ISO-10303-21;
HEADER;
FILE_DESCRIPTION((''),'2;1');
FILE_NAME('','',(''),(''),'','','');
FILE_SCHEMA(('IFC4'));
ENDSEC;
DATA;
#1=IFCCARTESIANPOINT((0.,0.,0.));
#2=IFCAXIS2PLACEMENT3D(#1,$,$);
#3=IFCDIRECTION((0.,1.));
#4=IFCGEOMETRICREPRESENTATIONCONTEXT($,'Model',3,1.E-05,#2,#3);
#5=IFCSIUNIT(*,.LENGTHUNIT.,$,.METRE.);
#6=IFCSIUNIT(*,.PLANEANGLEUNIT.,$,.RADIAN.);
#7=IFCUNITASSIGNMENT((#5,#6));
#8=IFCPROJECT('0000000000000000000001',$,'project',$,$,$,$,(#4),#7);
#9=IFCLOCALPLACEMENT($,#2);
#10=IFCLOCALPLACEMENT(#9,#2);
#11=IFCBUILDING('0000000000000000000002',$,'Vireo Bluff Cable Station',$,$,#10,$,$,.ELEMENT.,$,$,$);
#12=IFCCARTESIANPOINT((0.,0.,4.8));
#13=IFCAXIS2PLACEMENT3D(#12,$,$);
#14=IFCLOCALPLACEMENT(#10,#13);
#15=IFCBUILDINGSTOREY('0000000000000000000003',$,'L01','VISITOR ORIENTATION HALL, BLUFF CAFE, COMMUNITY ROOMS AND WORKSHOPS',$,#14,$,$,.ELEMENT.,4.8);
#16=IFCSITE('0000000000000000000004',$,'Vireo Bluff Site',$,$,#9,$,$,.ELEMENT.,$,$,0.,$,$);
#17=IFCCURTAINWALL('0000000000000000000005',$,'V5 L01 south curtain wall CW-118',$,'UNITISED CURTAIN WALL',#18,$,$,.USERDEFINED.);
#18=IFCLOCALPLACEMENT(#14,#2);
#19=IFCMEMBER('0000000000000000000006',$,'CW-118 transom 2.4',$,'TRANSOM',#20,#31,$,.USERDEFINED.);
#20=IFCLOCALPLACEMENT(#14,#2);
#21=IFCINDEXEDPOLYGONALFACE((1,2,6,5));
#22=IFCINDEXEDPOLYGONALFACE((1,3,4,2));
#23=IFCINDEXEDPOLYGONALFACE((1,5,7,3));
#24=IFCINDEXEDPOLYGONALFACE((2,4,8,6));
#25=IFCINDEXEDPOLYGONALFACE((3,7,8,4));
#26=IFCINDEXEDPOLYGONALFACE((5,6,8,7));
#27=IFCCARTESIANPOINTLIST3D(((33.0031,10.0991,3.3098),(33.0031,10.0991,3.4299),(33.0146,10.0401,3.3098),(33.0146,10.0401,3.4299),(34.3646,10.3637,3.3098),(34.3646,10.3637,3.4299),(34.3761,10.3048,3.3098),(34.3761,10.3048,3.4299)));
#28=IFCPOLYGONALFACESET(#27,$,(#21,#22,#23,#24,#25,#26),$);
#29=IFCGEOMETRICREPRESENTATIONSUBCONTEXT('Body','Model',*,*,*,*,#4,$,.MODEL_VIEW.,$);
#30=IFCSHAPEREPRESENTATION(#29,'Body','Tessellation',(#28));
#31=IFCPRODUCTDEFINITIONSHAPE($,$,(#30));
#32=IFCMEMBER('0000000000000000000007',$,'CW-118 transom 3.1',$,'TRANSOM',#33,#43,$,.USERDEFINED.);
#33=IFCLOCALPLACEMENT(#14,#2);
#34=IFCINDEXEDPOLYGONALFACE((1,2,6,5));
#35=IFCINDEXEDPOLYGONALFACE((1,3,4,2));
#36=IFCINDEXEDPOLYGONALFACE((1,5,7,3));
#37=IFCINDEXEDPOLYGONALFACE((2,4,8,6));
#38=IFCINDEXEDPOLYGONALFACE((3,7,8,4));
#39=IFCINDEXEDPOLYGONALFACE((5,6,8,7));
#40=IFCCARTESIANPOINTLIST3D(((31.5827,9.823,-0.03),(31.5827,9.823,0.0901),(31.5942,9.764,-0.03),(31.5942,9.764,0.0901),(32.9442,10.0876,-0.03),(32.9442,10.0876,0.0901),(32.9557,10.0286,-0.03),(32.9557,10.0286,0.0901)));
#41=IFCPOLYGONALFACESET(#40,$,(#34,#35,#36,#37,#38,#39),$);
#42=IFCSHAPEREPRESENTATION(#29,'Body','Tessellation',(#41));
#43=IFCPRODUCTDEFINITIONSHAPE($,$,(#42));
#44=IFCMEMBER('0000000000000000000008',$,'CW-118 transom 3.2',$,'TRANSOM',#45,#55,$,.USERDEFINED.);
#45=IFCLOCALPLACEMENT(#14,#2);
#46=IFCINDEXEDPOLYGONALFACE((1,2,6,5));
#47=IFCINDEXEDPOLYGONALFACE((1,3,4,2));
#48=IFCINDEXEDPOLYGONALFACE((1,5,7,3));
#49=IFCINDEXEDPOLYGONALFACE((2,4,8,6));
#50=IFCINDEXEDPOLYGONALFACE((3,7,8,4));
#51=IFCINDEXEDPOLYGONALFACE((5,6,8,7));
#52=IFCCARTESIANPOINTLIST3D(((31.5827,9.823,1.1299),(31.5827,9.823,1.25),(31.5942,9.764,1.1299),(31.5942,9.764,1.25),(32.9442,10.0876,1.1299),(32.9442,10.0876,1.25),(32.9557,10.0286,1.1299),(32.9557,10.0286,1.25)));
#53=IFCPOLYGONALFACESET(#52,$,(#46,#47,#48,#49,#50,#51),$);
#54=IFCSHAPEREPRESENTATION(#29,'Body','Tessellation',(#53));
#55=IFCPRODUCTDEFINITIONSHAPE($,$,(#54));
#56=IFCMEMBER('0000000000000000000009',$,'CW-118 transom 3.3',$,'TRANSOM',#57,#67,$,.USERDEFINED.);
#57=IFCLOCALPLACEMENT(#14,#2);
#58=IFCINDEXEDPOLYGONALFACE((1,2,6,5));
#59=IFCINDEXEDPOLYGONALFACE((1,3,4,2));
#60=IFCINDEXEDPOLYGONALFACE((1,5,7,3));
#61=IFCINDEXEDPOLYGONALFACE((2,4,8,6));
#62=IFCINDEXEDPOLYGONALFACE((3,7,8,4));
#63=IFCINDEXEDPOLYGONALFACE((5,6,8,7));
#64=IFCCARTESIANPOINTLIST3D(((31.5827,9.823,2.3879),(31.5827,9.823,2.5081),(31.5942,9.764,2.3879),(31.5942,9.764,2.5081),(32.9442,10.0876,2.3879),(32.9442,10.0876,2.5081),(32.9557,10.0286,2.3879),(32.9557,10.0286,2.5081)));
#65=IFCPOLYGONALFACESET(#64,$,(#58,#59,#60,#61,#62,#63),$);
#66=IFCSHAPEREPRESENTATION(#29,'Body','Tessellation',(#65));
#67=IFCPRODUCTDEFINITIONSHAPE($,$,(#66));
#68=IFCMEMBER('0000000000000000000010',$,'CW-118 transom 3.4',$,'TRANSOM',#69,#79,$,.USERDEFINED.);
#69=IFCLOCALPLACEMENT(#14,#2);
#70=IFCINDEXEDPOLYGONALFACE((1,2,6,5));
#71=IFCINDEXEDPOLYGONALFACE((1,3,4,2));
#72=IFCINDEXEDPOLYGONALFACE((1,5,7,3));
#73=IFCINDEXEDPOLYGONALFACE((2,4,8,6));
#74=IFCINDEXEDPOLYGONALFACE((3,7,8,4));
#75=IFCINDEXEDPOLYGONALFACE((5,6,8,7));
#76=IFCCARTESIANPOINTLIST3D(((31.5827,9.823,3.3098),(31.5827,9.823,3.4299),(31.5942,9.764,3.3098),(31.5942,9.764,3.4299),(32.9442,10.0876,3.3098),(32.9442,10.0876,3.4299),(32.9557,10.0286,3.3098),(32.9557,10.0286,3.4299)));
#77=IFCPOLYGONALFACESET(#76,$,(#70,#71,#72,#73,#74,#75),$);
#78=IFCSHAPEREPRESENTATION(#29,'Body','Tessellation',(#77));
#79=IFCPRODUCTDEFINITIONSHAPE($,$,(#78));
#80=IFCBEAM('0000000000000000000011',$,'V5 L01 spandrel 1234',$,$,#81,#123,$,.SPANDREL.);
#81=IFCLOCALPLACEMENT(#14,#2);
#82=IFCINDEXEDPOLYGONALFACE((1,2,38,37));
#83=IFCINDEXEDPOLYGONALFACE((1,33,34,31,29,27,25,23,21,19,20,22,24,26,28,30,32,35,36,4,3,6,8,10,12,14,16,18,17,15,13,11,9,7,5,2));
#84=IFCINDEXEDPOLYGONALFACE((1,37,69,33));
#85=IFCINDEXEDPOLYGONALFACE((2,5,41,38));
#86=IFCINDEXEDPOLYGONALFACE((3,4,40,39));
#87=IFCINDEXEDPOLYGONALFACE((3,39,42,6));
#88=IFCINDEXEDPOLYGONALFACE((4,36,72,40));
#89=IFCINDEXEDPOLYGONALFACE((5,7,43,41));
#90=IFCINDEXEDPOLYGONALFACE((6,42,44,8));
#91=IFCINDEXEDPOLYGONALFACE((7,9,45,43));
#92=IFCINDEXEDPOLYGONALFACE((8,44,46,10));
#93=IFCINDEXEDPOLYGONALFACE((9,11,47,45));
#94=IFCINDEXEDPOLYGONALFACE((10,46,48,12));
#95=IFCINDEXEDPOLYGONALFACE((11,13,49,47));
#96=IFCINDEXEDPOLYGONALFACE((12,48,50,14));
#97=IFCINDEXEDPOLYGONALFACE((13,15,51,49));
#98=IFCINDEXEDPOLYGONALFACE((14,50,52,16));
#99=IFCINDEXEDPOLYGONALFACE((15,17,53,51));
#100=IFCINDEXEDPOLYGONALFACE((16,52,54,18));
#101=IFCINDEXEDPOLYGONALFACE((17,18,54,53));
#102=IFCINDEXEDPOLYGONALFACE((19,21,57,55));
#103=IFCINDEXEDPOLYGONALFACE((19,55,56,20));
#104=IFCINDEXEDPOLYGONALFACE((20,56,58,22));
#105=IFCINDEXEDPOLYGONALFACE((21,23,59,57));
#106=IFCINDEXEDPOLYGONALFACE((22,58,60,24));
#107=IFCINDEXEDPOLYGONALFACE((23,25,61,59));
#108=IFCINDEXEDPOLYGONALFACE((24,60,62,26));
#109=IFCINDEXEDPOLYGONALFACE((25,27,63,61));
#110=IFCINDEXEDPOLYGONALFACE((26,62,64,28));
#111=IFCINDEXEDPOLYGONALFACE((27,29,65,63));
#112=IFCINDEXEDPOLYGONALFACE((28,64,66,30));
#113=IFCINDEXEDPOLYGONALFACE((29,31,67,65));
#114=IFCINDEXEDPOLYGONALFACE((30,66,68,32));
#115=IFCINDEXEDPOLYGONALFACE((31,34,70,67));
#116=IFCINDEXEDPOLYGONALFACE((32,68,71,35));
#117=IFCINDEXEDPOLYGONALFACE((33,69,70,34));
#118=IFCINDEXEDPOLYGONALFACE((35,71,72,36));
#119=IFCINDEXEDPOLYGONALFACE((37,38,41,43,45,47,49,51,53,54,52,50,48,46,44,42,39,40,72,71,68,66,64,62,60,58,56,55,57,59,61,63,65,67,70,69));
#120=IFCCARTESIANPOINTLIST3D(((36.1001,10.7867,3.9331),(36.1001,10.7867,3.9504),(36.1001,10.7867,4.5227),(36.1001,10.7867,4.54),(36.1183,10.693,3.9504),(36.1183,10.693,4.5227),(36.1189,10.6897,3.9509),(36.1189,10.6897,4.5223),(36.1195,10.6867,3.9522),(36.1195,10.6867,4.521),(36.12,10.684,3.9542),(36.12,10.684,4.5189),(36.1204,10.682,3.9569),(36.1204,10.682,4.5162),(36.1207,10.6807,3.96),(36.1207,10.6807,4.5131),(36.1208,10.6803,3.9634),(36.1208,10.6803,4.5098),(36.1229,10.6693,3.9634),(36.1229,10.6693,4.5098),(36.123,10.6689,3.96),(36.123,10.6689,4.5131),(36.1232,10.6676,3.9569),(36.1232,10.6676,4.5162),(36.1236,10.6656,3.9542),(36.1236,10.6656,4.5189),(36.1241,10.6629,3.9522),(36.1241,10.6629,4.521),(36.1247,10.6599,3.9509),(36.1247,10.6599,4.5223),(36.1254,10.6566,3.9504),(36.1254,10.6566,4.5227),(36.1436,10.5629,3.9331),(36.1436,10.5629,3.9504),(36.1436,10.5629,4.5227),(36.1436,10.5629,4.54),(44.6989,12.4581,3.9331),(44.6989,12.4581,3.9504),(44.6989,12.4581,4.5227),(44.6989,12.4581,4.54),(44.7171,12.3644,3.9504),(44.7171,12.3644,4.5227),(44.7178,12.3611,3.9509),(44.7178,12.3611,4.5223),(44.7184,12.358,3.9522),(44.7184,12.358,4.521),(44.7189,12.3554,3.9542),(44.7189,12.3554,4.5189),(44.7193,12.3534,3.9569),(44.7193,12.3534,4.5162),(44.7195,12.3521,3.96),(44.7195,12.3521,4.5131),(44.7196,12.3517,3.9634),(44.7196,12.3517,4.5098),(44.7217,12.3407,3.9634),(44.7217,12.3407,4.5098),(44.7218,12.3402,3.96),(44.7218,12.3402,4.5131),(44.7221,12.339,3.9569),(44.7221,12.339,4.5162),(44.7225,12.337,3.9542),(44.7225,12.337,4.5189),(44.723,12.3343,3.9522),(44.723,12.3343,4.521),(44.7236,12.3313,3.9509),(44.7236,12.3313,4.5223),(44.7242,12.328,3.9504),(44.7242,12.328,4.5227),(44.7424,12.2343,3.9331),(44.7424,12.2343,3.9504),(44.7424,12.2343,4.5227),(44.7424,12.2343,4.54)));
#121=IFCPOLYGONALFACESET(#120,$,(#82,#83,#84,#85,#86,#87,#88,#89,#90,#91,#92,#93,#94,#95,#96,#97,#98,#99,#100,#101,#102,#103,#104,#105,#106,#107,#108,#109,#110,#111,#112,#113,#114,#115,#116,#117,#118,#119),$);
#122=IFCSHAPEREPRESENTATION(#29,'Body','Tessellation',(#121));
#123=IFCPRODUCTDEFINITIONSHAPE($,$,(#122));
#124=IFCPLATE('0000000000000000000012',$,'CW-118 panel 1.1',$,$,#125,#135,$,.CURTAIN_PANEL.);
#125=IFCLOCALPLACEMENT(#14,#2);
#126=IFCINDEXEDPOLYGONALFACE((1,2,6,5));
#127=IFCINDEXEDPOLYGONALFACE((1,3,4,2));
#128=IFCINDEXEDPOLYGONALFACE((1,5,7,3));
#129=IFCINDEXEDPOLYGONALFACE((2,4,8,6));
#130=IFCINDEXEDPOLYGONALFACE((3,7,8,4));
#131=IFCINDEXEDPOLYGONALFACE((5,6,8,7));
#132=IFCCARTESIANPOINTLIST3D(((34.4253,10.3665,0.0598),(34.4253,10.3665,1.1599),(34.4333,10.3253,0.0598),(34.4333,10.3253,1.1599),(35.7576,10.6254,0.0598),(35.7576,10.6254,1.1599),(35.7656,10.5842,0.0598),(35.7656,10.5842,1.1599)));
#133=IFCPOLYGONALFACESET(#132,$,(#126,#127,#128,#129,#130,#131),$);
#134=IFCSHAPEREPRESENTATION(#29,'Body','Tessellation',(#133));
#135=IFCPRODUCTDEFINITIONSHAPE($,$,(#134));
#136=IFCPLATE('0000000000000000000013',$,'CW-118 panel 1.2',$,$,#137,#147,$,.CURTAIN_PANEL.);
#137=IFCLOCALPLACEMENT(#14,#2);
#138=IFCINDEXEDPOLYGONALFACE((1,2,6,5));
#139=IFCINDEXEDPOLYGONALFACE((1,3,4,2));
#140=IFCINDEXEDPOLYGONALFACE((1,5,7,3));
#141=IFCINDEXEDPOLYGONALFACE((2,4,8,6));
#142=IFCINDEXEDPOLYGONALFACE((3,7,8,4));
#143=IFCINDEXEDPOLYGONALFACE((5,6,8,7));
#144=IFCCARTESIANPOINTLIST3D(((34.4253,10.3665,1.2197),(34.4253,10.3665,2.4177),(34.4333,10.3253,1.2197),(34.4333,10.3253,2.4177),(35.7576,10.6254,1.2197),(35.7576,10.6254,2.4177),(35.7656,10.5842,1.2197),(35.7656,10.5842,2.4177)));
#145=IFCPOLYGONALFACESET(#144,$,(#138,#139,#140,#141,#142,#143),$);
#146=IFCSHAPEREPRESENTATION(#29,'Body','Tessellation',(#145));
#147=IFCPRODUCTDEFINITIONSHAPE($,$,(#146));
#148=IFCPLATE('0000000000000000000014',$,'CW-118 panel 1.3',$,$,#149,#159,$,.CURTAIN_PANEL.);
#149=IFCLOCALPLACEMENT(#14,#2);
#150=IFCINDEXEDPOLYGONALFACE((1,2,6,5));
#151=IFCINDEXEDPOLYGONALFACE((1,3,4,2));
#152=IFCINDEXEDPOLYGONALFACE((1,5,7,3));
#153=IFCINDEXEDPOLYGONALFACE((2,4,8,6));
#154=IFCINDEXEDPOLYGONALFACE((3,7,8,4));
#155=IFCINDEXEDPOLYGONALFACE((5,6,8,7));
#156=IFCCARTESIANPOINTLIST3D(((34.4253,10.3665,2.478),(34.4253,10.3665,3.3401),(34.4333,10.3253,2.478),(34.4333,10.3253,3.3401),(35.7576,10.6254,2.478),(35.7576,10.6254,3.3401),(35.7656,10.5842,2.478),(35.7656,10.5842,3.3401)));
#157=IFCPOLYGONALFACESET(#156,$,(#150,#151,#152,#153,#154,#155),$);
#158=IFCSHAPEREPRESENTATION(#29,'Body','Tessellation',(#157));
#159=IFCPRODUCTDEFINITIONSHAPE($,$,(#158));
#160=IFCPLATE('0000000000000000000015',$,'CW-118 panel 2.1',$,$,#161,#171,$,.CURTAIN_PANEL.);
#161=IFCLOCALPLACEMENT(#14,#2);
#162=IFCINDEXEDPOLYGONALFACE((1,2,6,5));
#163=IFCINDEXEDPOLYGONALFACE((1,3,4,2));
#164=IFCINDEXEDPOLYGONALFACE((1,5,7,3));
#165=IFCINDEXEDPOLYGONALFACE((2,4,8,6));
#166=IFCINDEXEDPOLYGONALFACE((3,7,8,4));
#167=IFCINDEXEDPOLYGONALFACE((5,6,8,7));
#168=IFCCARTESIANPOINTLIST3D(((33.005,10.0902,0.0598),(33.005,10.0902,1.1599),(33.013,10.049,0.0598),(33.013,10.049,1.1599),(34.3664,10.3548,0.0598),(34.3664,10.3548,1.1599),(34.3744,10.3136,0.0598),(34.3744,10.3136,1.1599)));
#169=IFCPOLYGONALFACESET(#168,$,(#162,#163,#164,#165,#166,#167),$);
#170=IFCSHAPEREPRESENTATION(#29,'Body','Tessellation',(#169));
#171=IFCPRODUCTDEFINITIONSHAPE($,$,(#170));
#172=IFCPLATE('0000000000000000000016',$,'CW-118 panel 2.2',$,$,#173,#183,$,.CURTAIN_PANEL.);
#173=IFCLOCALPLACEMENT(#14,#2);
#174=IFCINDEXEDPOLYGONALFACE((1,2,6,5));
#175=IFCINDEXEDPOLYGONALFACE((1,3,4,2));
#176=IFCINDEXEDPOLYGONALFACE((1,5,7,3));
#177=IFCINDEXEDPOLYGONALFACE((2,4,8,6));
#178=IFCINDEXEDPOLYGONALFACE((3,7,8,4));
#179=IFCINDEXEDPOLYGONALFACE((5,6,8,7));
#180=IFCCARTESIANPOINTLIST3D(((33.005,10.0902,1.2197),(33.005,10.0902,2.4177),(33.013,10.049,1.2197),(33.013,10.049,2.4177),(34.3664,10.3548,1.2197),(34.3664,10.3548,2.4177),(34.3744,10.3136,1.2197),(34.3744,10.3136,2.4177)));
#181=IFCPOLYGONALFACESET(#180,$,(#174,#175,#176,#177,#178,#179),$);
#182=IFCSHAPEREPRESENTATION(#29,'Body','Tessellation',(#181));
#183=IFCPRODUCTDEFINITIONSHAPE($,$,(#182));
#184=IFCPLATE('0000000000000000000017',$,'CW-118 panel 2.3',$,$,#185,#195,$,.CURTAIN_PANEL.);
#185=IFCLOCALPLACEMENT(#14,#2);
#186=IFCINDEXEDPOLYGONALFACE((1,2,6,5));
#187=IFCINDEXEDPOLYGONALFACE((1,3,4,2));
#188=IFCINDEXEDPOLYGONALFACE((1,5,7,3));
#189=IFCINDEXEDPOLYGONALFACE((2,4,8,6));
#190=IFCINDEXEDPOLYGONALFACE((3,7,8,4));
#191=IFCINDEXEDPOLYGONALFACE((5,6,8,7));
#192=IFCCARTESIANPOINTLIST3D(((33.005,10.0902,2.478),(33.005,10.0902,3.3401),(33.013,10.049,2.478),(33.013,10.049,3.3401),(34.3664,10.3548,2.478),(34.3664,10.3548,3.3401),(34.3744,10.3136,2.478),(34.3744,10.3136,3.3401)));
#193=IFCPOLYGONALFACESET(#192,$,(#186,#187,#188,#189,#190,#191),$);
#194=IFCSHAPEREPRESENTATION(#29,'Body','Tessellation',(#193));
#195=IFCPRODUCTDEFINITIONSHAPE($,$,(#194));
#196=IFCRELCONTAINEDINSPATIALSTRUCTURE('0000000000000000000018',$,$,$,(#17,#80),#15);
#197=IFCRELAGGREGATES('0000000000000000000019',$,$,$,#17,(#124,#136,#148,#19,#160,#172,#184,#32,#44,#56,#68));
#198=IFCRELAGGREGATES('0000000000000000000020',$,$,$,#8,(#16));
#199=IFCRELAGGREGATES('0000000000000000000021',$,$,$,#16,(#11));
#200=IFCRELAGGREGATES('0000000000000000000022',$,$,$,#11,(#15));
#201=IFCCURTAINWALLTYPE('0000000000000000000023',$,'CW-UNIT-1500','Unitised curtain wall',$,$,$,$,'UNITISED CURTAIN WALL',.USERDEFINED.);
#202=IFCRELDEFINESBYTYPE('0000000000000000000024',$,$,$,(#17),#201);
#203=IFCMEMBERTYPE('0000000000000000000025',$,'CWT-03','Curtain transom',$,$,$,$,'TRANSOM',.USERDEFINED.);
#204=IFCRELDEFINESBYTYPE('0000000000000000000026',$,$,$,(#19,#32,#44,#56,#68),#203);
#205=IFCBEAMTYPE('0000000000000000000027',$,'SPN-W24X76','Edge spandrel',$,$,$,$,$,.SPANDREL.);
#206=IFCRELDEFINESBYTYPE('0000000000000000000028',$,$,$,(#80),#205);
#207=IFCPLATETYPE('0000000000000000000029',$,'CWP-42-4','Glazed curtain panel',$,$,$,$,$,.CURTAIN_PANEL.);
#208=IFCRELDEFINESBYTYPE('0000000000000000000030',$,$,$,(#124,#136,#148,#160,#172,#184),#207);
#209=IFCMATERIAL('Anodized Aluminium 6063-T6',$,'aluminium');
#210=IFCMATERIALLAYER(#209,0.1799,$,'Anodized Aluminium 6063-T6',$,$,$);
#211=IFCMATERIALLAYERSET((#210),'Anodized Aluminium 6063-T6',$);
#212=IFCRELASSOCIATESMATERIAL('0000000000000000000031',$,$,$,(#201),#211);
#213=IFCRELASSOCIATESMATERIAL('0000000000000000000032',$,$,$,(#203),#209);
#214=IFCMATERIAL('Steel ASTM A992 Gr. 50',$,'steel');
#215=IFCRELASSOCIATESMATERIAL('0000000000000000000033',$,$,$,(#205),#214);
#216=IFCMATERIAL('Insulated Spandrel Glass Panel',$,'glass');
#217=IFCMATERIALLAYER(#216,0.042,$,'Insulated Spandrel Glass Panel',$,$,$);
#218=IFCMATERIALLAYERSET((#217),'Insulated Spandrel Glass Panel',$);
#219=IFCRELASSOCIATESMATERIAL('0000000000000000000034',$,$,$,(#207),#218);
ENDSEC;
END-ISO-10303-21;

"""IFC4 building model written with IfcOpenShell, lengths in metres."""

from ifc_helpers import new_model, si_unit, direction, frame, origin, origin_2d, place, context, subcontext, project, spatial, rectangle, i_section, extrude, material, layer, layer_set, material_profile, profile_set, type_object, element, aggregate, save


model = new_model("IFC4")

# Units and contexts
model_context = context("Model", 3, precision=1e-05, world=origin(), true_north=direction((0.0, 1.0)))
body_context = subcontext(model_context, "Body", "Model", "MODEL_VIEW")
ifc_project = project(units=[si_unit("LENGTHUNIT", "METRE"), si_unit("PLANEANGLEUNIT", "RADIAN")], contexts=[model_context])

# Site, building, storey
site_placement = place(None, origin())
site = spatial("IfcSite", under=ifc_project, at=site_placement, Name="Vireo Bluff Site", CompositionType="ELEMENT", RefElevation=0.0)
building_placement = place(site_placement, origin())
building = spatial("IfcBuilding", under=site, at=building_placement, Name="Vireo Bluff Cable Station", CompositionType="ELEMENT")
storey_placement = place(building_placement, frame((0.0, 0.0, 4.8)))
storey = spatial("IfcBuildingStorey", under=building, at=storey_placement, Name="L01", Description="VISITOR ORIENTATION HALL, BLUFF CAFE, COMMUNITY ROOMS AND WORKSHOPS", CompositionType="ELEMENT", Elevation=4.8)

# Shared definitions
ifc_material_1 = material(Name="Steel ASTM A992 Gr. 50", Category="steel")

# Curtain wall, members
ifc_material_2 = material(Name="Anodized Aluminium 6063-T6", Category="aluminium")
ifc_layer_1 = layer(ifc_material_2, 0.1799, Name="Anodized Aluminium 6063-T6")
ifc_layer_set_1 = layer_set([ifc_layer_1], Name="Anodized Aluminium 6063-T6")
curtain_wall_type = type_object("IfcCurtainWallType", Name="CW-UNIT-1500", Description="Unitised curtain wall", ElementType="UNITISED CURTAIN WALL", PredefinedType="USERDEFINED", material=ifc_layer_set_1)
curtain_wall_placement = place(storey_placement, origin())
curtain_wall = element("IfcCurtainWall", 1, at=curtain_wall_placement, inside=storey, type_object=curtain_wall_type, Name="V5 L01 south curtain wall CW-118", ObjectType="UNITISED CURTAIN WALL", PredefinedType="USERDEFINED")
ifc_material_profile_1 = material_profile(ifc_material_2, rectangle(XDim=0.0601, YDim=0.1201, at=origin_2d()), Name="ALU-T-60X120")
ifc_profile_set_1 = profile_set([ifc_material_profile_1], Name="Anodized Aluminium 6063-T6")
member_type_1 = type_object("IfcMemberType", Name="CWT-03", Description="Curtain transom", ElementType="TRANSOM", PredefinedType="USERDEFINED", material=ifc_profile_set_1)
member_1_placement = place(storey_placement, frame((34.3704, 10.3342, 3.3699), z_axis=(-0.981629, -0.190799, 0.0), x_axis=(0.190799, -0.981629, 0.0)))
member_1 = element("IfcMember", 2, at=member_1_placement, type_object=member_type_1, Name="CW-118 transom 2.4", ObjectType="TRANSOM", PredefinedType="USERDEFINED", context=body_context, shape_type="SweptSolid", body=[
    extrude(rectangle(XDim=0.0601, YDim=0.1201, at=origin_2d()), origin(), (0.0, 0.0, 1.0), 1.387),
])
member_2_placement = place(storey_placement, frame((32.95, 10.0581, 0.03), z_axis=(-0.981629, -0.190799, 0.0), x_axis=(0.190799, -0.981629, 0.0)))
member_2 = element("IfcMember", 3, at=member_2_placement, type_object=member_type_1, Name="CW-118 transom 3.1", ObjectType="TRANSOM", PredefinedType="USERDEFINED", context=body_context, shape_type="SweptSolid", body=[
    extrude(rectangle(XDim=0.0601, YDim=0.1201, at=origin_2d()), origin(), (0.0, 0.0, 1.0), 1.387),
])
member_3_placement = place(storey_placement, frame((32.95, 10.0581, 1.1899), z_axis=(-0.981629, -0.190799, 0.0), x_axis=(0.190799, -0.981629, 0.0)))
member_3 = element("IfcMember", 4, at=member_3_placement, type_object=member_type_1, Name="CW-118 transom 3.2", ObjectType="TRANSOM", PredefinedType="USERDEFINED", context=body_context, shape_type="SweptSolid", body=[
    extrude(rectangle(XDim=0.0601, YDim=0.1201, at=origin_2d()), origin(), (0.0, 0.0, 1.0), 1.387),
])
member_4_placement = place(storey_placement, frame((32.95, 10.0581, 2.448), z_axis=(-0.981629, -0.190799, 0.0), x_axis=(0.190799, -0.981629, 0.0)))
member_4 = element("IfcMember", 5, at=member_4_placement, type_object=member_type_1, Name="CW-118 transom 3.3", ObjectType="TRANSOM", PredefinedType="USERDEFINED", context=body_context, shape_type="SweptSolid", body=[
    extrude(rectangle(XDim=0.0601, YDim=0.1201, at=origin_2d()), origin(), (0.0, 0.0, 1.0), 1.387),
])
member_5_placement = place(storey_placement, frame((32.95, 10.0581, 3.3699), z_axis=(-0.981629, -0.190799, 0.0), x_axis=(0.190799, -0.981629, 0.0)))
member_5 = element("IfcMember", 6, at=member_5_placement, type_object=member_type_1, Name="CW-118 transom 3.4", ObjectType="TRANSOM", PredefinedType="USERDEFINED", context=body_context, shape_type="SweptSolid", body=[
    extrude(rectangle(XDim=0.0601, YDim=0.1201, at=origin_2d()), origin(), (0.0, 0.0, 1.0), 1.387),
])

# Beam
ifc_material_profile_2 = material_profile(ifc_material_1, i_section(OverallWidth=0.228, OverallDepth=0.6069, WebThickness=0.0112, FlangeThickness=0.0173, FilletRadius=0.0129, at=origin_2d()), Name="W24X76")
ifc_profile_set_2 = profile_set([ifc_material_profile_2], Name="Steel ASTM A992 Gr. 50")
beam_type = type_object("IfcBeamType", Name="SPN-W24X76", Description="Edge spandrel", PredefinedType="SPANDREL", material=ifc_profile_set_2)
beam_placement = place(storey_placement, frame((36.1218, 10.6748, 4.2366), z_axis=(0.981629, 0.190802, 0.0), x_axis=(-0.190802, 0.981629, 0.0)))
element("IfcBeam", 7, at=beam_placement, inside=storey, type_object=beam_type, Name="V5 L01 spandrel 1234", PredefinedType="SPANDREL", context=body_context, shape_type="SweptSolid", body=[
    extrude(i_section(OverallWidth=0.228, OverallDepth=0.6069, WebThickness=0.0112, FlangeThickness=0.0173, FilletRadius=0.0129, at=origin_2d()), origin(), (0.0, 0.0, 1.0), 8.7598),
])

# Plates
ifc_material_3 = material(Name="Insulated Spandrel Glass Panel", Category="glass")
ifc_layer_2 = layer(ifc_material_3, 0.042, Name="Insulated Spandrel Glass Panel")
ifc_layer_set_2 = layer_set([ifc_layer_2], Name="Insulated Spandrel Glass Panel")
plate_type = type_object("IfcPlateType", Name="CWP-42-4", Description="Glazed curtain panel", PredefinedType="CURTAIN_PANEL", material=ifc_layer_set_2)
plate_1_placement = place(storey_placement, frame((35.0955, 10.4753, 0.0598), z_axis=(0.0, 0.0, 1.0), x_axis=(-0.981627, -0.190809, 0.0)))
plate_1 = element("IfcPlate", 8, at=plate_1_placement, type_object=plate_type, Name="CW-118 panel 1.1", PredefinedType="CURTAIN_PANEL", context=body_context, shape_type="SweptSolid", body=[
    extrude(rectangle(XDim=1.3572, YDim=0.042, at=origin_2d()), origin(), (0.0, 0.0, 1.0), 1.1001),
])
plate_2_placement = place(storey_placement, frame((35.0955, 10.4753, 1.2197), z_axis=(0.0, 0.0, 1.0), x_axis=(-0.981627, -0.190809, 0.0)))
plate_2 = element("IfcPlate", 9, at=plate_2_placement, type_object=plate_type, Name="CW-118 panel 1.2", PredefinedType="CURTAIN_PANEL", context=body_context, shape_type="SweptSolid", body=[
    extrude(rectangle(XDim=1.3572, YDim=0.042, at=origin_2d()), origin(), (0.0, 0.0, 1.0), 1.198),
])
plate_3_placement = place(storey_placement, frame((35.0955, 10.4753, 2.478), z_axis=(0.0, 0.0, 1.0), x_axis=(-0.981627, -0.190809, 0.0)))
plate_3 = element("IfcPlate", 10, at=plate_3_placement, type_object=plate_type, Name="CW-118 panel 1.3", PredefinedType="CURTAIN_PANEL", context=body_context, shape_type="SweptSolid", body=[
    extrude(rectangle(XDim=1.3572, YDim=0.042, at=origin_2d()), origin(), (0.0, 0.0, 1.0), 0.8621),
])
plate_4_placement = place(storey_placement, frame((33.6897, 10.2019, 0.0598), z_axis=(0.0, 0.0, 1.0), x_axis=(-0.981627, -0.190809, 0.0)))
plate_4 = element("IfcPlate", 11, at=plate_4_placement, type_object=plate_type, Name="CW-118 panel 2.1", PredefinedType="CURTAIN_PANEL", context=body_context, shape_type="SweptSolid", body=[
    extrude(rectangle(XDim=1.387, YDim=0.042, at=origin_2d()), origin(), (0.0, 0.0, 1.0), 1.1001),
])
plate_5_placement = place(storey_placement, frame((33.6897, 10.2019, 1.2197), z_axis=(0.0, 0.0, 1.0), x_axis=(-0.981627, -0.190809, 0.0)))
plate_5 = element("IfcPlate", 12, at=plate_5_placement, type_object=plate_type, Name="CW-118 panel 2.2", PredefinedType="CURTAIN_PANEL", context=body_context, shape_type="SweptSolid", body=[
    extrude(rectangle(XDim=1.387, YDim=0.042, at=origin_2d()), origin(), (0.0, 0.0, 1.0), 1.198),
])
plate_6_placement = place(storey_placement, frame((33.6897, 10.2019, 2.478), z_axis=(0.0, 0.0, 1.0), x_axis=(-0.981627, -0.190809, 0.0)))
plate_6 = element("IfcPlate", 13, at=plate_6_placement, type_object=plate_type, Name="CW-118 panel 2.3", PredefinedType="CURTAIN_PANEL", context=body_context, shape_type="SweptSolid", body=[
    extrude(rectangle(XDim=1.387, YDim=0.042, at=origin_2d()), origin(), (0.0, 0.0, 1.0), 0.8621),
])
aggregate(curtain_wall, [plate_1, plate_2, plate_3, member_1, plate_4, plate_5, plate_6, member_2, member_3, member_4, member_5])

save(model, "model.ifc")
